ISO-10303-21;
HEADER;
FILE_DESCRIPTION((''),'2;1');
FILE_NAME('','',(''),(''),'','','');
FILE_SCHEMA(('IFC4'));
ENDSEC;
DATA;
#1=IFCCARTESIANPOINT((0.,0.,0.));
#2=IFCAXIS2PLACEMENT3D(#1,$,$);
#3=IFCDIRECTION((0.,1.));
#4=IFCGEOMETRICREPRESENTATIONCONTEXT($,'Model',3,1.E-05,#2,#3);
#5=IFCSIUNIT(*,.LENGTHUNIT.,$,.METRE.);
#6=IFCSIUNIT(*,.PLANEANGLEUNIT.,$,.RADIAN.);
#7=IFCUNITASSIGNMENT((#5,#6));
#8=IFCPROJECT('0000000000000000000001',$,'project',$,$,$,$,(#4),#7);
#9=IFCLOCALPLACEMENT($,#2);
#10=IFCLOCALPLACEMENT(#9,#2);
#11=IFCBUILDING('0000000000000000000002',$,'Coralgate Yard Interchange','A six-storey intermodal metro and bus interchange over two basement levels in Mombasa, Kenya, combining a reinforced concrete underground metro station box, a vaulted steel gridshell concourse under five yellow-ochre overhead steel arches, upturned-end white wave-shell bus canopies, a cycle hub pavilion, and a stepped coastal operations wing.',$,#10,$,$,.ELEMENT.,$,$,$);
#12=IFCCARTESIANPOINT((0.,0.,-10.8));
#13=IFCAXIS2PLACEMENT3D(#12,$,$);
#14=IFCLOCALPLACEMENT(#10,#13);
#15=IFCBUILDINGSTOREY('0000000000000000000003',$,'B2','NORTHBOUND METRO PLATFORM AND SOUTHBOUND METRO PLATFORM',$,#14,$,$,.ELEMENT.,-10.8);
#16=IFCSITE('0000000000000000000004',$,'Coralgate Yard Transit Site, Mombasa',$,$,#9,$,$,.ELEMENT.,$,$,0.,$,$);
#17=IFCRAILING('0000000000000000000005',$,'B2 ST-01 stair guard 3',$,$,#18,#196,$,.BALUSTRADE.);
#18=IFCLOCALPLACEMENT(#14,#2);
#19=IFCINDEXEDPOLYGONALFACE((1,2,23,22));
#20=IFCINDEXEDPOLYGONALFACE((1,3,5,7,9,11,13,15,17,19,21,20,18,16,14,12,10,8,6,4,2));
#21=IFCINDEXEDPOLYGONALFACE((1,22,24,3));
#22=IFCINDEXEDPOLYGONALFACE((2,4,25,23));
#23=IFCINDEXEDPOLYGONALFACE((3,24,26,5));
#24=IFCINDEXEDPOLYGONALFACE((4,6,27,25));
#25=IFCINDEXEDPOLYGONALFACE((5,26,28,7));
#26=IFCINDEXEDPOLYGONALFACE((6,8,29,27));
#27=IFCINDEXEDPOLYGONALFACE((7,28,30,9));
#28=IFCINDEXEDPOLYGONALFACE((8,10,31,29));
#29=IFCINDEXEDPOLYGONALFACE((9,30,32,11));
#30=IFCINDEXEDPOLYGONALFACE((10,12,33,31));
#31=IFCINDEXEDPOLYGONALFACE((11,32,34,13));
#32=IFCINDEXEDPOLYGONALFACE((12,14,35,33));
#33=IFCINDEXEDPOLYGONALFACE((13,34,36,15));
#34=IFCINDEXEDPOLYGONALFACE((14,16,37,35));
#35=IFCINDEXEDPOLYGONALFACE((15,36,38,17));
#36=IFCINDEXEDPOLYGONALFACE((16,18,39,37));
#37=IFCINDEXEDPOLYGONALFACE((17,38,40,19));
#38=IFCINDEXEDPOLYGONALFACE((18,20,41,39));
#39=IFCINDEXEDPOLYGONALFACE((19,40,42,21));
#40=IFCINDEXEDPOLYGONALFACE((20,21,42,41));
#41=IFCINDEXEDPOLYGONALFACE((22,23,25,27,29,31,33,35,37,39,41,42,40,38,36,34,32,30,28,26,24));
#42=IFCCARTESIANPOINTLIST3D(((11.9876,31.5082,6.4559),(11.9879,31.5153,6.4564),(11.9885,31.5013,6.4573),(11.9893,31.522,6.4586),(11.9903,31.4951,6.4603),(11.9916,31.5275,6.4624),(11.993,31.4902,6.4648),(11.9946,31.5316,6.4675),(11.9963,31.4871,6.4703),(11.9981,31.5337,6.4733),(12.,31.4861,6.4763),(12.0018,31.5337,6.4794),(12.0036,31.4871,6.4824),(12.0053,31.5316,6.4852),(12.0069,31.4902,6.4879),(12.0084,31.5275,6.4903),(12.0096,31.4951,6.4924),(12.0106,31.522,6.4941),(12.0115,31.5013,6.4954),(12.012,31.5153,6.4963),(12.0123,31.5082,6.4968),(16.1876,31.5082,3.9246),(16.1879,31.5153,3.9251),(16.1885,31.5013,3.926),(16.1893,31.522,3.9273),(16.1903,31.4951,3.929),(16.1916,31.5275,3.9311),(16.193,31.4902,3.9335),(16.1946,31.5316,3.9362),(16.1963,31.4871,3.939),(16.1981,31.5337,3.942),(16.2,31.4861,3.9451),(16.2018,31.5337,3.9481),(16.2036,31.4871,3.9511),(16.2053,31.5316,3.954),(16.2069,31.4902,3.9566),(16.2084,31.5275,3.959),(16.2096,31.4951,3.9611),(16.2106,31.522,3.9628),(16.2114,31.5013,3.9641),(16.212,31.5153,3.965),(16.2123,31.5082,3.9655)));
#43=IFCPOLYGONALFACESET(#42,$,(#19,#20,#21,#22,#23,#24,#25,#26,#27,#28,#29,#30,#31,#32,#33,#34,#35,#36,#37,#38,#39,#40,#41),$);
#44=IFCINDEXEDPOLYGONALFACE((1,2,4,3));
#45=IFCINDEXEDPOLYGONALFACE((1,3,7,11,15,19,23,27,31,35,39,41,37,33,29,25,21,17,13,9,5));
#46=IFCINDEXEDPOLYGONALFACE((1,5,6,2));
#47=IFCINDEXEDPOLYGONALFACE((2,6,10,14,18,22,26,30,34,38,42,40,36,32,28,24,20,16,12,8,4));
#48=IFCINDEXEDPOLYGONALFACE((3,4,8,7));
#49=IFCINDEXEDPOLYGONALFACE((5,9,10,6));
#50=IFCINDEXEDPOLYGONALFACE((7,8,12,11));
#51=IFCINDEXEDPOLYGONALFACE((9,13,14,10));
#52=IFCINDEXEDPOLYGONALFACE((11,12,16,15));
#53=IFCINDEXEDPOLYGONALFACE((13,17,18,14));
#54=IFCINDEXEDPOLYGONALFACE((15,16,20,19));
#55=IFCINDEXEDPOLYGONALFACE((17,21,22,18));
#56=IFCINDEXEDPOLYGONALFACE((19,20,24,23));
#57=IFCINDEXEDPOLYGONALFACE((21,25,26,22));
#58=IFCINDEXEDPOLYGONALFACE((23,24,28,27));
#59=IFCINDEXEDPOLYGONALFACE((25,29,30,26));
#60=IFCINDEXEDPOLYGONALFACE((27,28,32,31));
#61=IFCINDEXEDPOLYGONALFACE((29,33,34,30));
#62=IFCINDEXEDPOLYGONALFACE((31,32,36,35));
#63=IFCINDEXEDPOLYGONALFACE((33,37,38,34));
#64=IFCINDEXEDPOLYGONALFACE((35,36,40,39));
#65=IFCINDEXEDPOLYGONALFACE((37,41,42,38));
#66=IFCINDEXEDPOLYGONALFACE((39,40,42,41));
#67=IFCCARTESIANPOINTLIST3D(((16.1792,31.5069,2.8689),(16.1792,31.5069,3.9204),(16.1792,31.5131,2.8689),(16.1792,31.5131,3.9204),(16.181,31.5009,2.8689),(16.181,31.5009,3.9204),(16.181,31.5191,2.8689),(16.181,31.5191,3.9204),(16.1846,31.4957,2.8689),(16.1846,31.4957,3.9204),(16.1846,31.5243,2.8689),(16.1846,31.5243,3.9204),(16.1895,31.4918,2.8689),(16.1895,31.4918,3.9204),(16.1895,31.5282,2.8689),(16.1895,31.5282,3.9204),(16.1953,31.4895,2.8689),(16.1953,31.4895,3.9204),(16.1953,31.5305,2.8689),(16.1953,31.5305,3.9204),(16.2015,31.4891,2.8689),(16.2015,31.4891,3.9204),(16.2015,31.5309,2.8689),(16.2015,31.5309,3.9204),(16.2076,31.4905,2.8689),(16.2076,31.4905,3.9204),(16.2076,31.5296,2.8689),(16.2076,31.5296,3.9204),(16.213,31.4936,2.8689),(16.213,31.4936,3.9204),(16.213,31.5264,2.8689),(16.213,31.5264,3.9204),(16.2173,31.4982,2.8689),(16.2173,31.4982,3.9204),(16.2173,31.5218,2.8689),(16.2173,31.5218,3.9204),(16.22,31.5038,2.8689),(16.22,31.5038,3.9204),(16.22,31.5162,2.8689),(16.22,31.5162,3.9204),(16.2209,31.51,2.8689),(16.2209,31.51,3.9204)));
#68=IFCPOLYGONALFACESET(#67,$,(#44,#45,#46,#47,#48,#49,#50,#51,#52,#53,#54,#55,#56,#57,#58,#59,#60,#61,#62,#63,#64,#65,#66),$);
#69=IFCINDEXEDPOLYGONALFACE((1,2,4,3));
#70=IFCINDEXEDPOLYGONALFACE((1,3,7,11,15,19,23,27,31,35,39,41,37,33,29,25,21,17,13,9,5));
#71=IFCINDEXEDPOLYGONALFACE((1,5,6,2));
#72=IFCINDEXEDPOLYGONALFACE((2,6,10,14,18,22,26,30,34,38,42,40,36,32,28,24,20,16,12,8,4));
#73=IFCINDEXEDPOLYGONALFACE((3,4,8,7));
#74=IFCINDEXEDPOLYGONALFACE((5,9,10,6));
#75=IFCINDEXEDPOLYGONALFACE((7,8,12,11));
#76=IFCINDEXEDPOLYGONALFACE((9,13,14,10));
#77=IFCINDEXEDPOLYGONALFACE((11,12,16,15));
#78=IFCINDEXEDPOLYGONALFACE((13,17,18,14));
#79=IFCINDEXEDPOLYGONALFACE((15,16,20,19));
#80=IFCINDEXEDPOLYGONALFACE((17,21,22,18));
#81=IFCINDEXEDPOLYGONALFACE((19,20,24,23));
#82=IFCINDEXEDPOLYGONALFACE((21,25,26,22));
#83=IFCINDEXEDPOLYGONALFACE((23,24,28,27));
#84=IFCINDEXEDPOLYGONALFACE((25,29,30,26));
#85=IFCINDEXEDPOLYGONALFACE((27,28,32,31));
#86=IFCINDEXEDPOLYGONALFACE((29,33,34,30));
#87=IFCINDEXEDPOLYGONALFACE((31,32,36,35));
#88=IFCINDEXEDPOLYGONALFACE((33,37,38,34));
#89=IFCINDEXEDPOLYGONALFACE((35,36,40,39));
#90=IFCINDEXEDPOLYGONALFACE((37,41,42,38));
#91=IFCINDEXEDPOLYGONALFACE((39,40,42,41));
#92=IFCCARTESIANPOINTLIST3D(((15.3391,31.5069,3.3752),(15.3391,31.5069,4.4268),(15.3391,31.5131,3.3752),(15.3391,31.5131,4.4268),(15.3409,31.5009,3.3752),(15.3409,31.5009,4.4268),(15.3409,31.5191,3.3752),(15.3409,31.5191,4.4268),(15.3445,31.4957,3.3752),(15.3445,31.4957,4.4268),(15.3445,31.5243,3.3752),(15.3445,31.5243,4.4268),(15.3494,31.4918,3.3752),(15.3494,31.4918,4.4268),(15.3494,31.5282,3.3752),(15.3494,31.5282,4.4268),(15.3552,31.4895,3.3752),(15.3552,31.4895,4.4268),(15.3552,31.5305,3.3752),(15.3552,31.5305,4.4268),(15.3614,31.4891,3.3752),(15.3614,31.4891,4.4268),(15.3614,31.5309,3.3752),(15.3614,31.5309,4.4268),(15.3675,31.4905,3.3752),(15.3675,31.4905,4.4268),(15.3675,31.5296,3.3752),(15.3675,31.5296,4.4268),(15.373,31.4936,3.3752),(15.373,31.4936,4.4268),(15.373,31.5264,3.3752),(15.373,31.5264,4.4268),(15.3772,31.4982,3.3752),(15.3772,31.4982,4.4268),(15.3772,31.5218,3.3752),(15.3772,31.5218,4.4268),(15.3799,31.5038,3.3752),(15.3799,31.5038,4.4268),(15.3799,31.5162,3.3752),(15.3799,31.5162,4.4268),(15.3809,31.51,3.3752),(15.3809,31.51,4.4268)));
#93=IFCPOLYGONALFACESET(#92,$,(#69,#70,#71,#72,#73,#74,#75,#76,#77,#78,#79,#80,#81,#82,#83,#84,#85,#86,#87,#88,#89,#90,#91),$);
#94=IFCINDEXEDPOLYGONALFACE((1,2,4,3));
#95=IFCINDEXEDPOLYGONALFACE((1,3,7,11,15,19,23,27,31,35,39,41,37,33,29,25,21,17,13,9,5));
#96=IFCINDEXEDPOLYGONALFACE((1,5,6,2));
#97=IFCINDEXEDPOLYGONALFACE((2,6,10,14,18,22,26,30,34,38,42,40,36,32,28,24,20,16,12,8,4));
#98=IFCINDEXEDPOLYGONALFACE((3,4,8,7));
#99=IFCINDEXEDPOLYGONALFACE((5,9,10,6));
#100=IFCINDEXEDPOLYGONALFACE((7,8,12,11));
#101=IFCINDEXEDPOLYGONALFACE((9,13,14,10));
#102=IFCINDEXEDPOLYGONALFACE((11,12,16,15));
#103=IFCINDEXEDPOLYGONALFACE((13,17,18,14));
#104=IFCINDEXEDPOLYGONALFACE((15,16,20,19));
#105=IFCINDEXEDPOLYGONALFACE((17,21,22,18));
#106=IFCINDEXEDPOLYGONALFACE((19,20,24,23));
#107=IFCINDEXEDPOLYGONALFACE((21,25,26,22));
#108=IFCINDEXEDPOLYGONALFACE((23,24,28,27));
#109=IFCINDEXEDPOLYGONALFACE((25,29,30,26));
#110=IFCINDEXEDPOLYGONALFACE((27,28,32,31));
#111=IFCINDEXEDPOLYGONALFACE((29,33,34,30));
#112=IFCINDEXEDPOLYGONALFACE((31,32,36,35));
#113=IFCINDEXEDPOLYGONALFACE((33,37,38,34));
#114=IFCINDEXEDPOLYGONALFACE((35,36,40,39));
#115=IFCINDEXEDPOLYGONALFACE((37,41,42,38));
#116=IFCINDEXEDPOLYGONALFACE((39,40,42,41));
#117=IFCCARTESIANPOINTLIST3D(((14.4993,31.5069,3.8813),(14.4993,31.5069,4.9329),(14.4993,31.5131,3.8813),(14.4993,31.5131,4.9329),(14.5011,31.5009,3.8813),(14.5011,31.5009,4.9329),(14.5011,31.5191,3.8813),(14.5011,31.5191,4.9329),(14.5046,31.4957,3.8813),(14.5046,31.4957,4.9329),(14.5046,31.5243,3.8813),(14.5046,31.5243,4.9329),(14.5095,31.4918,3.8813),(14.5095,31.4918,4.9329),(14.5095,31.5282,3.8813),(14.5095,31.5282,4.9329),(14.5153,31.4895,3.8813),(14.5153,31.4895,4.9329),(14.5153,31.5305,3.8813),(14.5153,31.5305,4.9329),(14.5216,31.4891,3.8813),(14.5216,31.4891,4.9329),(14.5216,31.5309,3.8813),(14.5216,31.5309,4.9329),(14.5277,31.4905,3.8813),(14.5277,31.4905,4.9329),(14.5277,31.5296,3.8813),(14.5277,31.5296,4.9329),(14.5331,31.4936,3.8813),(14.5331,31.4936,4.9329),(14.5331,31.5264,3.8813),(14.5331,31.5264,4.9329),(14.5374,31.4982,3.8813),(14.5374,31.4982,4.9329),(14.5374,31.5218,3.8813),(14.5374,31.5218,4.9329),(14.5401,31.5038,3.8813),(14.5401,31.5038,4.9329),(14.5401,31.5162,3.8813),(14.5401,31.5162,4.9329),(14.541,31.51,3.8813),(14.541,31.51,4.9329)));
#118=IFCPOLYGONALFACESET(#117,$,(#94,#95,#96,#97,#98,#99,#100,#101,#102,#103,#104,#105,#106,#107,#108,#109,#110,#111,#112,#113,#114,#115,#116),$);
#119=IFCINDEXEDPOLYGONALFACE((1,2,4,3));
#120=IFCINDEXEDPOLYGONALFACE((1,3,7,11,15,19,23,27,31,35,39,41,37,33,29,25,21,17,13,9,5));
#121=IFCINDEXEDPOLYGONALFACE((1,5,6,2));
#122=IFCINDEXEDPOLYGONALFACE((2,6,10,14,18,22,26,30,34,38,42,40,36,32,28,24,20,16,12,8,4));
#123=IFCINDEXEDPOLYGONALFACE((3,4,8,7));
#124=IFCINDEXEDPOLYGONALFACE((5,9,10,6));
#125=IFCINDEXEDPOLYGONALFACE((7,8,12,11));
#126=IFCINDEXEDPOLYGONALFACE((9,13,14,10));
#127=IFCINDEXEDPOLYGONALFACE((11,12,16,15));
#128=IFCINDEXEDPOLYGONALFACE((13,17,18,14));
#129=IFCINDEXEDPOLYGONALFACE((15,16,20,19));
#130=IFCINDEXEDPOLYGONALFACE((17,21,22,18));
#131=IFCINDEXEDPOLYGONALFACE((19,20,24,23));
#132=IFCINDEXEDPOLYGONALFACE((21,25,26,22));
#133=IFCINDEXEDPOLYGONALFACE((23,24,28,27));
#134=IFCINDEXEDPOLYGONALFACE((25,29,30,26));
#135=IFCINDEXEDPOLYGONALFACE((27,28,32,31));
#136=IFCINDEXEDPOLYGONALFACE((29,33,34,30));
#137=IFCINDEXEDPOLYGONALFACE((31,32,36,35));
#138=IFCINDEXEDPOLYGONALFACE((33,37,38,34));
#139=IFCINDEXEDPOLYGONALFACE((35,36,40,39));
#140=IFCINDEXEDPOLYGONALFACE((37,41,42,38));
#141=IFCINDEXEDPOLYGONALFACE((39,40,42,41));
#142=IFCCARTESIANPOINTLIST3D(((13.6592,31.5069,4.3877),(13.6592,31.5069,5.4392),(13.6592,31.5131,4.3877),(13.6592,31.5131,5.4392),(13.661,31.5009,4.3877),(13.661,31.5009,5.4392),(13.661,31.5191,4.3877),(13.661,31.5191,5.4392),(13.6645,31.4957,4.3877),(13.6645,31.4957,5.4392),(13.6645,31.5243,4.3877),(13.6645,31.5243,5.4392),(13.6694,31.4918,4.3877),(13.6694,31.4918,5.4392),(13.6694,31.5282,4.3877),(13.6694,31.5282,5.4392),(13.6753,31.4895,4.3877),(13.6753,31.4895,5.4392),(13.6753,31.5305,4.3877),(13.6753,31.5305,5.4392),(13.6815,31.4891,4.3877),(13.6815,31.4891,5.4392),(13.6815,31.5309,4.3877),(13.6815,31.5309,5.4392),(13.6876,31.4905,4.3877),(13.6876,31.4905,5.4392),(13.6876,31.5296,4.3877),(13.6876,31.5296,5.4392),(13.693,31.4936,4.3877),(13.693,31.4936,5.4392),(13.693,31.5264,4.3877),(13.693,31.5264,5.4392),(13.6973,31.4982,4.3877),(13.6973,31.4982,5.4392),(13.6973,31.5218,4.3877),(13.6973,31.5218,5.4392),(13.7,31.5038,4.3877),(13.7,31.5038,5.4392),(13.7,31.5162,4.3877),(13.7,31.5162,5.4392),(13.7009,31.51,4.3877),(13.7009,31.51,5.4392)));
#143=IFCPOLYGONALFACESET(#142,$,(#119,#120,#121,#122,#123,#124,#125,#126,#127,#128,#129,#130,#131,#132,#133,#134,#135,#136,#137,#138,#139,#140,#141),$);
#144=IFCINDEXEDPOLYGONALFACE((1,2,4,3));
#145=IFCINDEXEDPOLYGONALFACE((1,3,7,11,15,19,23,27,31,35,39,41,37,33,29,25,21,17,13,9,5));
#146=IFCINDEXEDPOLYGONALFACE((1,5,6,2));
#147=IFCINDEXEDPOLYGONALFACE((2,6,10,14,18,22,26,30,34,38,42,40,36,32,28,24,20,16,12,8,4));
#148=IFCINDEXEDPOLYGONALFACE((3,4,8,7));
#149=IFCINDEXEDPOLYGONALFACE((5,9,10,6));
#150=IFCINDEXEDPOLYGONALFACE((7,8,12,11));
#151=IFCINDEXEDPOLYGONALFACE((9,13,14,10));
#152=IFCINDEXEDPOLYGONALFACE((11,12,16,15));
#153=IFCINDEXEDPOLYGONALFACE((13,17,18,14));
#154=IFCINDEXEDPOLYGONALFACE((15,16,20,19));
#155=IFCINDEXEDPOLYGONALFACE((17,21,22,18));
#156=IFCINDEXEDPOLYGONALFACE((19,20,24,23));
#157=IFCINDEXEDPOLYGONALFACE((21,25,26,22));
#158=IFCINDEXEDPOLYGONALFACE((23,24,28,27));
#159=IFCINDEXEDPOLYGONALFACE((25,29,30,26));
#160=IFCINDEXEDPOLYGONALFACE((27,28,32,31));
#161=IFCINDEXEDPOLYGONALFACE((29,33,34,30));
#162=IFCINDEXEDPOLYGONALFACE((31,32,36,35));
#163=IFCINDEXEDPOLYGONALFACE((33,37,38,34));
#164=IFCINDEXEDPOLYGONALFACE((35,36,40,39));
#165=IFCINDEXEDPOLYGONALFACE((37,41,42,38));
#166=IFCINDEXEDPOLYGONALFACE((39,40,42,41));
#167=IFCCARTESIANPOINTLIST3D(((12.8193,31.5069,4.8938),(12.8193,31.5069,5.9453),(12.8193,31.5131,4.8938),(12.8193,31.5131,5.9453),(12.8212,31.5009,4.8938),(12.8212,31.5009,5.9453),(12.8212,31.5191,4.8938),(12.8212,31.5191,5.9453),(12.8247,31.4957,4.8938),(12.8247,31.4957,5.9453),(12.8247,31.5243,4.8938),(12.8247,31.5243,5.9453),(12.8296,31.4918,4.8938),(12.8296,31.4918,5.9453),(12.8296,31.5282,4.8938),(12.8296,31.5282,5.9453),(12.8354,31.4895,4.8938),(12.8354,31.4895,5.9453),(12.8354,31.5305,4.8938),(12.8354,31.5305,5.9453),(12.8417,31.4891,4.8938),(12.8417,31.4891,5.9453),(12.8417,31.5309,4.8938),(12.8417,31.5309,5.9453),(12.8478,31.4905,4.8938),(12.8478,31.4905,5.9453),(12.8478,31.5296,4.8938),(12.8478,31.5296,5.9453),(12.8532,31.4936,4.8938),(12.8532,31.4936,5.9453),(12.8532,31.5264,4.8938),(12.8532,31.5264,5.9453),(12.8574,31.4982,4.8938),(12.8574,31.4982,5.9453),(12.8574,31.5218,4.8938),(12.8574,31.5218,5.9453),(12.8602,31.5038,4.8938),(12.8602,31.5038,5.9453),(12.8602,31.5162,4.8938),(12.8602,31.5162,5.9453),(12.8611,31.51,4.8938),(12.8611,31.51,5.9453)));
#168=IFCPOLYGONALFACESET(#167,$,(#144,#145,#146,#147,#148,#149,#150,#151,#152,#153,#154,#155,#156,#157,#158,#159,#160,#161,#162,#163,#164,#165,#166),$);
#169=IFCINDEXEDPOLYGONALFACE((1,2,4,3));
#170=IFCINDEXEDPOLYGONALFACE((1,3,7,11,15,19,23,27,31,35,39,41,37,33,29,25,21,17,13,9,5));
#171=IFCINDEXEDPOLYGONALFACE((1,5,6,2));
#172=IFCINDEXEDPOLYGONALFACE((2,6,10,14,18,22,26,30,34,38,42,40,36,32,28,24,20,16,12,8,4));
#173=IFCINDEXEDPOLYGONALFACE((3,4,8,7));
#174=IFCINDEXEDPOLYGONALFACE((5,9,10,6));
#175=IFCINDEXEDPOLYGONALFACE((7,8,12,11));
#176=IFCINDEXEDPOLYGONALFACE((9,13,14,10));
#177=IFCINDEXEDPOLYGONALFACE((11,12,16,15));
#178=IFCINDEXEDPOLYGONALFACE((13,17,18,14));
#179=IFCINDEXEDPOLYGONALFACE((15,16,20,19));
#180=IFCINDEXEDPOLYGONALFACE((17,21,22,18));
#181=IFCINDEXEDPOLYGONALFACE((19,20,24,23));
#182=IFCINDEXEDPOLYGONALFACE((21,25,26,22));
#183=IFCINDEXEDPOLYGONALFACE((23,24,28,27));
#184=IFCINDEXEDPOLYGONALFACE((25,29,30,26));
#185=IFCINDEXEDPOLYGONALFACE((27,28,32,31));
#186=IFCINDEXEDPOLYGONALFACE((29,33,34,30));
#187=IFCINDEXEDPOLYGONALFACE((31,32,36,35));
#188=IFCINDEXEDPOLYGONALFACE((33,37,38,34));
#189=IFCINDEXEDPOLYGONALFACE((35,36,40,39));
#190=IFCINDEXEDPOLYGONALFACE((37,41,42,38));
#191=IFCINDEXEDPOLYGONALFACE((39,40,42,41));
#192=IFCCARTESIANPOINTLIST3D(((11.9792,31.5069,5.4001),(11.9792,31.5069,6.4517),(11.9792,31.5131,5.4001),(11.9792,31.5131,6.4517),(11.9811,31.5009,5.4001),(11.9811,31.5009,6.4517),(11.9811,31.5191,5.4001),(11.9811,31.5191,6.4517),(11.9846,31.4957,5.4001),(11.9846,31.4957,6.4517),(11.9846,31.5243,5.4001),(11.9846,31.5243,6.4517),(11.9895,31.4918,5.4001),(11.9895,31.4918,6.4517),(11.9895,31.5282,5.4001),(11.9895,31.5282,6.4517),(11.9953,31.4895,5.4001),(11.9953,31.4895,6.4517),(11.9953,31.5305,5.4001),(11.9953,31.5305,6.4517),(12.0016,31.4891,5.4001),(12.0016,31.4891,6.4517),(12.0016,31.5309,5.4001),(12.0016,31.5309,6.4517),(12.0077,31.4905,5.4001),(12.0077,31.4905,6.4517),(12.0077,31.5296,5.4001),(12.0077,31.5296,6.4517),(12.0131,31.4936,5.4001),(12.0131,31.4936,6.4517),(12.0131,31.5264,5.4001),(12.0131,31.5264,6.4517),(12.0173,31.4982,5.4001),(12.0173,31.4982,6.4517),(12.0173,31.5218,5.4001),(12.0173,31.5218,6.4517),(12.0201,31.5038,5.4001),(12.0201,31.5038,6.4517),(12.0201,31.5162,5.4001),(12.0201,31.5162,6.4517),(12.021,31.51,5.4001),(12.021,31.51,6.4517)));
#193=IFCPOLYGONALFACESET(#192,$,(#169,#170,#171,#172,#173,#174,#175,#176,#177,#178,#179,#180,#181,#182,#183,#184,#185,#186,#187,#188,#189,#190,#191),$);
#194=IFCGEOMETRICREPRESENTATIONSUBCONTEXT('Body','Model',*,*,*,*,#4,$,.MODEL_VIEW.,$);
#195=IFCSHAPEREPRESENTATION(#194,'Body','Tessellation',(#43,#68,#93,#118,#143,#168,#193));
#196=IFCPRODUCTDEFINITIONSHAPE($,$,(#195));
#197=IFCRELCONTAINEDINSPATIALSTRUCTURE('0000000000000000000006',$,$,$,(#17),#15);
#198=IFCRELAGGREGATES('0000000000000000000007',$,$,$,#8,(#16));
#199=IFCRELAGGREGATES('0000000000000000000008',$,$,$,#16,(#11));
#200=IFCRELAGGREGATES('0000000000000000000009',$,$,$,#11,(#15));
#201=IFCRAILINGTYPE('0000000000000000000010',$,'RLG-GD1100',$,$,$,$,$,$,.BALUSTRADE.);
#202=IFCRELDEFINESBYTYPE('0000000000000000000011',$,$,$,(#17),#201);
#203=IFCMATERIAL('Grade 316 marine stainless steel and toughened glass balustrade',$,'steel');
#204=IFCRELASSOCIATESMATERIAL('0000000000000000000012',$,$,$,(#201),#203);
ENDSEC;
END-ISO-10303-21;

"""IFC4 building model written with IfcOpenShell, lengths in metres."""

from ifc_helpers import new_model, si_unit, direction, frame, origin, origin_2d, place, context, subcontext, project, spatial, circle, extrude, material, type_object, element, save


model = new_model("IFC4")

# Units and contexts
model_context = context("Model", 3, precision=1e-05, world=origin(), true_north=direction((0.0, 1.0)))
body_context = subcontext(model_context, "Body", "Model", "MODEL_VIEW")
ifc_project = project(units=[si_unit("LENGTHUNIT", "METRE"), si_unit("PLANEANGLEUNIT", "RADIAN")], contexts=[model_context])

# Site, building, storey
site_placement = place(None, origin())
site = spatial("IfcSite", under=ifc_project, at=site_placement, Name="Coralgate Yard Transit Site, Mombasa", CompositionType="ELEMENT", RefElevation=0.0)
building_placement = place(site_placement, origin())
building = spatial("IfcBuilding", under=site, at=building_placement, Name="Coralgate Yard Interchange", Description="A six-storey intermodal metro and bus interchange over two basement levels in Mombasa, Kenya, combining a reinforced concrete underground metro station box, a vaulted steel gridshell concourse under five yellow-ochre overhead steel arches, upturned-end white wave-shell bus canopies, a cycle hub pavilion, and a stepped coastal operations wing.", CompositionType="ELEMENT")
storey_placement = place(building_placement, frame((0.0, 0.0, -10.8)))
storey = spatial("IfcBuildingStorey", under=building, at=storey_placement, Name="B2", Description="NORTHBOUND METRO PLATFORM AND SOUTHBOUND METRO PLATFORM", CompositionType="ELEMENT", Elevation=-10.8)

# Railing
ifc_material_1 = material(Name="Grade 316 marine stainless steel and toughened glass balustrade", Category="steel")
railing_type_1 = type_object("IfcRailingType", Name="RLG-GD1100", PredefinedType="BALUSTRADE", material=ifc_material_1)
railing_1_placement = place(storey_placement, frame((16.2, 31.51, 2.8689)))
element("IfcRailing", 1, at=railing_1_placement, inside=storey, type_object=railing_type_1, Name="B2 ST-01 stair guard 3", PredefinedType="BALUSTRADE", context=body_context, shape_type="SweptSolid", body=[
    extrude(circle(Radius=0.0239, at=origin_2d()), frame((0.0, 0.0, 1.0762), z_axis=(-0.856476, 0.0, 0.516186), x_axis=(0.0, -1.0, 0.0)), (0.0, 0.0, 1.0), 4.9038),
    extrude(circle(Radius=0.021, at=origin_2d()), origin(), (0.0, 0.0, 1.0), 1.0515),
    extrude(circle(Radius=0.021, at=origin_2d()), frame((-0.8401, 0.0, 0.5063)), (0.0, 0.0, 1.0), 1.0515),
    extrude(circle(Radius=0.021, at=origin_2d()), frame((-1.6799, 0.0, 1.0125)), (0.0, 0.0, 1.0), 1.0515),
    extrude(circle(Radius=0.021, at=origin_2d()), frame((-2.52, 0.0, 1.5188)), (0.0, 0.0, 1.0), 1.0515),
    extrude(circle(Radius=0.021, at=origin_2d()), frame((-3.3599, 0.0, 2.0249)), (0.0, 0.0, 1.0), 1.0515),
    extrude(circle(Radius=0.021, at=origin_2d()), frame((-4.2, 0.0, 2.5312)), (0.0, 0.0, 1.0), 1.0515),
])

save(model, "model.ifc")
